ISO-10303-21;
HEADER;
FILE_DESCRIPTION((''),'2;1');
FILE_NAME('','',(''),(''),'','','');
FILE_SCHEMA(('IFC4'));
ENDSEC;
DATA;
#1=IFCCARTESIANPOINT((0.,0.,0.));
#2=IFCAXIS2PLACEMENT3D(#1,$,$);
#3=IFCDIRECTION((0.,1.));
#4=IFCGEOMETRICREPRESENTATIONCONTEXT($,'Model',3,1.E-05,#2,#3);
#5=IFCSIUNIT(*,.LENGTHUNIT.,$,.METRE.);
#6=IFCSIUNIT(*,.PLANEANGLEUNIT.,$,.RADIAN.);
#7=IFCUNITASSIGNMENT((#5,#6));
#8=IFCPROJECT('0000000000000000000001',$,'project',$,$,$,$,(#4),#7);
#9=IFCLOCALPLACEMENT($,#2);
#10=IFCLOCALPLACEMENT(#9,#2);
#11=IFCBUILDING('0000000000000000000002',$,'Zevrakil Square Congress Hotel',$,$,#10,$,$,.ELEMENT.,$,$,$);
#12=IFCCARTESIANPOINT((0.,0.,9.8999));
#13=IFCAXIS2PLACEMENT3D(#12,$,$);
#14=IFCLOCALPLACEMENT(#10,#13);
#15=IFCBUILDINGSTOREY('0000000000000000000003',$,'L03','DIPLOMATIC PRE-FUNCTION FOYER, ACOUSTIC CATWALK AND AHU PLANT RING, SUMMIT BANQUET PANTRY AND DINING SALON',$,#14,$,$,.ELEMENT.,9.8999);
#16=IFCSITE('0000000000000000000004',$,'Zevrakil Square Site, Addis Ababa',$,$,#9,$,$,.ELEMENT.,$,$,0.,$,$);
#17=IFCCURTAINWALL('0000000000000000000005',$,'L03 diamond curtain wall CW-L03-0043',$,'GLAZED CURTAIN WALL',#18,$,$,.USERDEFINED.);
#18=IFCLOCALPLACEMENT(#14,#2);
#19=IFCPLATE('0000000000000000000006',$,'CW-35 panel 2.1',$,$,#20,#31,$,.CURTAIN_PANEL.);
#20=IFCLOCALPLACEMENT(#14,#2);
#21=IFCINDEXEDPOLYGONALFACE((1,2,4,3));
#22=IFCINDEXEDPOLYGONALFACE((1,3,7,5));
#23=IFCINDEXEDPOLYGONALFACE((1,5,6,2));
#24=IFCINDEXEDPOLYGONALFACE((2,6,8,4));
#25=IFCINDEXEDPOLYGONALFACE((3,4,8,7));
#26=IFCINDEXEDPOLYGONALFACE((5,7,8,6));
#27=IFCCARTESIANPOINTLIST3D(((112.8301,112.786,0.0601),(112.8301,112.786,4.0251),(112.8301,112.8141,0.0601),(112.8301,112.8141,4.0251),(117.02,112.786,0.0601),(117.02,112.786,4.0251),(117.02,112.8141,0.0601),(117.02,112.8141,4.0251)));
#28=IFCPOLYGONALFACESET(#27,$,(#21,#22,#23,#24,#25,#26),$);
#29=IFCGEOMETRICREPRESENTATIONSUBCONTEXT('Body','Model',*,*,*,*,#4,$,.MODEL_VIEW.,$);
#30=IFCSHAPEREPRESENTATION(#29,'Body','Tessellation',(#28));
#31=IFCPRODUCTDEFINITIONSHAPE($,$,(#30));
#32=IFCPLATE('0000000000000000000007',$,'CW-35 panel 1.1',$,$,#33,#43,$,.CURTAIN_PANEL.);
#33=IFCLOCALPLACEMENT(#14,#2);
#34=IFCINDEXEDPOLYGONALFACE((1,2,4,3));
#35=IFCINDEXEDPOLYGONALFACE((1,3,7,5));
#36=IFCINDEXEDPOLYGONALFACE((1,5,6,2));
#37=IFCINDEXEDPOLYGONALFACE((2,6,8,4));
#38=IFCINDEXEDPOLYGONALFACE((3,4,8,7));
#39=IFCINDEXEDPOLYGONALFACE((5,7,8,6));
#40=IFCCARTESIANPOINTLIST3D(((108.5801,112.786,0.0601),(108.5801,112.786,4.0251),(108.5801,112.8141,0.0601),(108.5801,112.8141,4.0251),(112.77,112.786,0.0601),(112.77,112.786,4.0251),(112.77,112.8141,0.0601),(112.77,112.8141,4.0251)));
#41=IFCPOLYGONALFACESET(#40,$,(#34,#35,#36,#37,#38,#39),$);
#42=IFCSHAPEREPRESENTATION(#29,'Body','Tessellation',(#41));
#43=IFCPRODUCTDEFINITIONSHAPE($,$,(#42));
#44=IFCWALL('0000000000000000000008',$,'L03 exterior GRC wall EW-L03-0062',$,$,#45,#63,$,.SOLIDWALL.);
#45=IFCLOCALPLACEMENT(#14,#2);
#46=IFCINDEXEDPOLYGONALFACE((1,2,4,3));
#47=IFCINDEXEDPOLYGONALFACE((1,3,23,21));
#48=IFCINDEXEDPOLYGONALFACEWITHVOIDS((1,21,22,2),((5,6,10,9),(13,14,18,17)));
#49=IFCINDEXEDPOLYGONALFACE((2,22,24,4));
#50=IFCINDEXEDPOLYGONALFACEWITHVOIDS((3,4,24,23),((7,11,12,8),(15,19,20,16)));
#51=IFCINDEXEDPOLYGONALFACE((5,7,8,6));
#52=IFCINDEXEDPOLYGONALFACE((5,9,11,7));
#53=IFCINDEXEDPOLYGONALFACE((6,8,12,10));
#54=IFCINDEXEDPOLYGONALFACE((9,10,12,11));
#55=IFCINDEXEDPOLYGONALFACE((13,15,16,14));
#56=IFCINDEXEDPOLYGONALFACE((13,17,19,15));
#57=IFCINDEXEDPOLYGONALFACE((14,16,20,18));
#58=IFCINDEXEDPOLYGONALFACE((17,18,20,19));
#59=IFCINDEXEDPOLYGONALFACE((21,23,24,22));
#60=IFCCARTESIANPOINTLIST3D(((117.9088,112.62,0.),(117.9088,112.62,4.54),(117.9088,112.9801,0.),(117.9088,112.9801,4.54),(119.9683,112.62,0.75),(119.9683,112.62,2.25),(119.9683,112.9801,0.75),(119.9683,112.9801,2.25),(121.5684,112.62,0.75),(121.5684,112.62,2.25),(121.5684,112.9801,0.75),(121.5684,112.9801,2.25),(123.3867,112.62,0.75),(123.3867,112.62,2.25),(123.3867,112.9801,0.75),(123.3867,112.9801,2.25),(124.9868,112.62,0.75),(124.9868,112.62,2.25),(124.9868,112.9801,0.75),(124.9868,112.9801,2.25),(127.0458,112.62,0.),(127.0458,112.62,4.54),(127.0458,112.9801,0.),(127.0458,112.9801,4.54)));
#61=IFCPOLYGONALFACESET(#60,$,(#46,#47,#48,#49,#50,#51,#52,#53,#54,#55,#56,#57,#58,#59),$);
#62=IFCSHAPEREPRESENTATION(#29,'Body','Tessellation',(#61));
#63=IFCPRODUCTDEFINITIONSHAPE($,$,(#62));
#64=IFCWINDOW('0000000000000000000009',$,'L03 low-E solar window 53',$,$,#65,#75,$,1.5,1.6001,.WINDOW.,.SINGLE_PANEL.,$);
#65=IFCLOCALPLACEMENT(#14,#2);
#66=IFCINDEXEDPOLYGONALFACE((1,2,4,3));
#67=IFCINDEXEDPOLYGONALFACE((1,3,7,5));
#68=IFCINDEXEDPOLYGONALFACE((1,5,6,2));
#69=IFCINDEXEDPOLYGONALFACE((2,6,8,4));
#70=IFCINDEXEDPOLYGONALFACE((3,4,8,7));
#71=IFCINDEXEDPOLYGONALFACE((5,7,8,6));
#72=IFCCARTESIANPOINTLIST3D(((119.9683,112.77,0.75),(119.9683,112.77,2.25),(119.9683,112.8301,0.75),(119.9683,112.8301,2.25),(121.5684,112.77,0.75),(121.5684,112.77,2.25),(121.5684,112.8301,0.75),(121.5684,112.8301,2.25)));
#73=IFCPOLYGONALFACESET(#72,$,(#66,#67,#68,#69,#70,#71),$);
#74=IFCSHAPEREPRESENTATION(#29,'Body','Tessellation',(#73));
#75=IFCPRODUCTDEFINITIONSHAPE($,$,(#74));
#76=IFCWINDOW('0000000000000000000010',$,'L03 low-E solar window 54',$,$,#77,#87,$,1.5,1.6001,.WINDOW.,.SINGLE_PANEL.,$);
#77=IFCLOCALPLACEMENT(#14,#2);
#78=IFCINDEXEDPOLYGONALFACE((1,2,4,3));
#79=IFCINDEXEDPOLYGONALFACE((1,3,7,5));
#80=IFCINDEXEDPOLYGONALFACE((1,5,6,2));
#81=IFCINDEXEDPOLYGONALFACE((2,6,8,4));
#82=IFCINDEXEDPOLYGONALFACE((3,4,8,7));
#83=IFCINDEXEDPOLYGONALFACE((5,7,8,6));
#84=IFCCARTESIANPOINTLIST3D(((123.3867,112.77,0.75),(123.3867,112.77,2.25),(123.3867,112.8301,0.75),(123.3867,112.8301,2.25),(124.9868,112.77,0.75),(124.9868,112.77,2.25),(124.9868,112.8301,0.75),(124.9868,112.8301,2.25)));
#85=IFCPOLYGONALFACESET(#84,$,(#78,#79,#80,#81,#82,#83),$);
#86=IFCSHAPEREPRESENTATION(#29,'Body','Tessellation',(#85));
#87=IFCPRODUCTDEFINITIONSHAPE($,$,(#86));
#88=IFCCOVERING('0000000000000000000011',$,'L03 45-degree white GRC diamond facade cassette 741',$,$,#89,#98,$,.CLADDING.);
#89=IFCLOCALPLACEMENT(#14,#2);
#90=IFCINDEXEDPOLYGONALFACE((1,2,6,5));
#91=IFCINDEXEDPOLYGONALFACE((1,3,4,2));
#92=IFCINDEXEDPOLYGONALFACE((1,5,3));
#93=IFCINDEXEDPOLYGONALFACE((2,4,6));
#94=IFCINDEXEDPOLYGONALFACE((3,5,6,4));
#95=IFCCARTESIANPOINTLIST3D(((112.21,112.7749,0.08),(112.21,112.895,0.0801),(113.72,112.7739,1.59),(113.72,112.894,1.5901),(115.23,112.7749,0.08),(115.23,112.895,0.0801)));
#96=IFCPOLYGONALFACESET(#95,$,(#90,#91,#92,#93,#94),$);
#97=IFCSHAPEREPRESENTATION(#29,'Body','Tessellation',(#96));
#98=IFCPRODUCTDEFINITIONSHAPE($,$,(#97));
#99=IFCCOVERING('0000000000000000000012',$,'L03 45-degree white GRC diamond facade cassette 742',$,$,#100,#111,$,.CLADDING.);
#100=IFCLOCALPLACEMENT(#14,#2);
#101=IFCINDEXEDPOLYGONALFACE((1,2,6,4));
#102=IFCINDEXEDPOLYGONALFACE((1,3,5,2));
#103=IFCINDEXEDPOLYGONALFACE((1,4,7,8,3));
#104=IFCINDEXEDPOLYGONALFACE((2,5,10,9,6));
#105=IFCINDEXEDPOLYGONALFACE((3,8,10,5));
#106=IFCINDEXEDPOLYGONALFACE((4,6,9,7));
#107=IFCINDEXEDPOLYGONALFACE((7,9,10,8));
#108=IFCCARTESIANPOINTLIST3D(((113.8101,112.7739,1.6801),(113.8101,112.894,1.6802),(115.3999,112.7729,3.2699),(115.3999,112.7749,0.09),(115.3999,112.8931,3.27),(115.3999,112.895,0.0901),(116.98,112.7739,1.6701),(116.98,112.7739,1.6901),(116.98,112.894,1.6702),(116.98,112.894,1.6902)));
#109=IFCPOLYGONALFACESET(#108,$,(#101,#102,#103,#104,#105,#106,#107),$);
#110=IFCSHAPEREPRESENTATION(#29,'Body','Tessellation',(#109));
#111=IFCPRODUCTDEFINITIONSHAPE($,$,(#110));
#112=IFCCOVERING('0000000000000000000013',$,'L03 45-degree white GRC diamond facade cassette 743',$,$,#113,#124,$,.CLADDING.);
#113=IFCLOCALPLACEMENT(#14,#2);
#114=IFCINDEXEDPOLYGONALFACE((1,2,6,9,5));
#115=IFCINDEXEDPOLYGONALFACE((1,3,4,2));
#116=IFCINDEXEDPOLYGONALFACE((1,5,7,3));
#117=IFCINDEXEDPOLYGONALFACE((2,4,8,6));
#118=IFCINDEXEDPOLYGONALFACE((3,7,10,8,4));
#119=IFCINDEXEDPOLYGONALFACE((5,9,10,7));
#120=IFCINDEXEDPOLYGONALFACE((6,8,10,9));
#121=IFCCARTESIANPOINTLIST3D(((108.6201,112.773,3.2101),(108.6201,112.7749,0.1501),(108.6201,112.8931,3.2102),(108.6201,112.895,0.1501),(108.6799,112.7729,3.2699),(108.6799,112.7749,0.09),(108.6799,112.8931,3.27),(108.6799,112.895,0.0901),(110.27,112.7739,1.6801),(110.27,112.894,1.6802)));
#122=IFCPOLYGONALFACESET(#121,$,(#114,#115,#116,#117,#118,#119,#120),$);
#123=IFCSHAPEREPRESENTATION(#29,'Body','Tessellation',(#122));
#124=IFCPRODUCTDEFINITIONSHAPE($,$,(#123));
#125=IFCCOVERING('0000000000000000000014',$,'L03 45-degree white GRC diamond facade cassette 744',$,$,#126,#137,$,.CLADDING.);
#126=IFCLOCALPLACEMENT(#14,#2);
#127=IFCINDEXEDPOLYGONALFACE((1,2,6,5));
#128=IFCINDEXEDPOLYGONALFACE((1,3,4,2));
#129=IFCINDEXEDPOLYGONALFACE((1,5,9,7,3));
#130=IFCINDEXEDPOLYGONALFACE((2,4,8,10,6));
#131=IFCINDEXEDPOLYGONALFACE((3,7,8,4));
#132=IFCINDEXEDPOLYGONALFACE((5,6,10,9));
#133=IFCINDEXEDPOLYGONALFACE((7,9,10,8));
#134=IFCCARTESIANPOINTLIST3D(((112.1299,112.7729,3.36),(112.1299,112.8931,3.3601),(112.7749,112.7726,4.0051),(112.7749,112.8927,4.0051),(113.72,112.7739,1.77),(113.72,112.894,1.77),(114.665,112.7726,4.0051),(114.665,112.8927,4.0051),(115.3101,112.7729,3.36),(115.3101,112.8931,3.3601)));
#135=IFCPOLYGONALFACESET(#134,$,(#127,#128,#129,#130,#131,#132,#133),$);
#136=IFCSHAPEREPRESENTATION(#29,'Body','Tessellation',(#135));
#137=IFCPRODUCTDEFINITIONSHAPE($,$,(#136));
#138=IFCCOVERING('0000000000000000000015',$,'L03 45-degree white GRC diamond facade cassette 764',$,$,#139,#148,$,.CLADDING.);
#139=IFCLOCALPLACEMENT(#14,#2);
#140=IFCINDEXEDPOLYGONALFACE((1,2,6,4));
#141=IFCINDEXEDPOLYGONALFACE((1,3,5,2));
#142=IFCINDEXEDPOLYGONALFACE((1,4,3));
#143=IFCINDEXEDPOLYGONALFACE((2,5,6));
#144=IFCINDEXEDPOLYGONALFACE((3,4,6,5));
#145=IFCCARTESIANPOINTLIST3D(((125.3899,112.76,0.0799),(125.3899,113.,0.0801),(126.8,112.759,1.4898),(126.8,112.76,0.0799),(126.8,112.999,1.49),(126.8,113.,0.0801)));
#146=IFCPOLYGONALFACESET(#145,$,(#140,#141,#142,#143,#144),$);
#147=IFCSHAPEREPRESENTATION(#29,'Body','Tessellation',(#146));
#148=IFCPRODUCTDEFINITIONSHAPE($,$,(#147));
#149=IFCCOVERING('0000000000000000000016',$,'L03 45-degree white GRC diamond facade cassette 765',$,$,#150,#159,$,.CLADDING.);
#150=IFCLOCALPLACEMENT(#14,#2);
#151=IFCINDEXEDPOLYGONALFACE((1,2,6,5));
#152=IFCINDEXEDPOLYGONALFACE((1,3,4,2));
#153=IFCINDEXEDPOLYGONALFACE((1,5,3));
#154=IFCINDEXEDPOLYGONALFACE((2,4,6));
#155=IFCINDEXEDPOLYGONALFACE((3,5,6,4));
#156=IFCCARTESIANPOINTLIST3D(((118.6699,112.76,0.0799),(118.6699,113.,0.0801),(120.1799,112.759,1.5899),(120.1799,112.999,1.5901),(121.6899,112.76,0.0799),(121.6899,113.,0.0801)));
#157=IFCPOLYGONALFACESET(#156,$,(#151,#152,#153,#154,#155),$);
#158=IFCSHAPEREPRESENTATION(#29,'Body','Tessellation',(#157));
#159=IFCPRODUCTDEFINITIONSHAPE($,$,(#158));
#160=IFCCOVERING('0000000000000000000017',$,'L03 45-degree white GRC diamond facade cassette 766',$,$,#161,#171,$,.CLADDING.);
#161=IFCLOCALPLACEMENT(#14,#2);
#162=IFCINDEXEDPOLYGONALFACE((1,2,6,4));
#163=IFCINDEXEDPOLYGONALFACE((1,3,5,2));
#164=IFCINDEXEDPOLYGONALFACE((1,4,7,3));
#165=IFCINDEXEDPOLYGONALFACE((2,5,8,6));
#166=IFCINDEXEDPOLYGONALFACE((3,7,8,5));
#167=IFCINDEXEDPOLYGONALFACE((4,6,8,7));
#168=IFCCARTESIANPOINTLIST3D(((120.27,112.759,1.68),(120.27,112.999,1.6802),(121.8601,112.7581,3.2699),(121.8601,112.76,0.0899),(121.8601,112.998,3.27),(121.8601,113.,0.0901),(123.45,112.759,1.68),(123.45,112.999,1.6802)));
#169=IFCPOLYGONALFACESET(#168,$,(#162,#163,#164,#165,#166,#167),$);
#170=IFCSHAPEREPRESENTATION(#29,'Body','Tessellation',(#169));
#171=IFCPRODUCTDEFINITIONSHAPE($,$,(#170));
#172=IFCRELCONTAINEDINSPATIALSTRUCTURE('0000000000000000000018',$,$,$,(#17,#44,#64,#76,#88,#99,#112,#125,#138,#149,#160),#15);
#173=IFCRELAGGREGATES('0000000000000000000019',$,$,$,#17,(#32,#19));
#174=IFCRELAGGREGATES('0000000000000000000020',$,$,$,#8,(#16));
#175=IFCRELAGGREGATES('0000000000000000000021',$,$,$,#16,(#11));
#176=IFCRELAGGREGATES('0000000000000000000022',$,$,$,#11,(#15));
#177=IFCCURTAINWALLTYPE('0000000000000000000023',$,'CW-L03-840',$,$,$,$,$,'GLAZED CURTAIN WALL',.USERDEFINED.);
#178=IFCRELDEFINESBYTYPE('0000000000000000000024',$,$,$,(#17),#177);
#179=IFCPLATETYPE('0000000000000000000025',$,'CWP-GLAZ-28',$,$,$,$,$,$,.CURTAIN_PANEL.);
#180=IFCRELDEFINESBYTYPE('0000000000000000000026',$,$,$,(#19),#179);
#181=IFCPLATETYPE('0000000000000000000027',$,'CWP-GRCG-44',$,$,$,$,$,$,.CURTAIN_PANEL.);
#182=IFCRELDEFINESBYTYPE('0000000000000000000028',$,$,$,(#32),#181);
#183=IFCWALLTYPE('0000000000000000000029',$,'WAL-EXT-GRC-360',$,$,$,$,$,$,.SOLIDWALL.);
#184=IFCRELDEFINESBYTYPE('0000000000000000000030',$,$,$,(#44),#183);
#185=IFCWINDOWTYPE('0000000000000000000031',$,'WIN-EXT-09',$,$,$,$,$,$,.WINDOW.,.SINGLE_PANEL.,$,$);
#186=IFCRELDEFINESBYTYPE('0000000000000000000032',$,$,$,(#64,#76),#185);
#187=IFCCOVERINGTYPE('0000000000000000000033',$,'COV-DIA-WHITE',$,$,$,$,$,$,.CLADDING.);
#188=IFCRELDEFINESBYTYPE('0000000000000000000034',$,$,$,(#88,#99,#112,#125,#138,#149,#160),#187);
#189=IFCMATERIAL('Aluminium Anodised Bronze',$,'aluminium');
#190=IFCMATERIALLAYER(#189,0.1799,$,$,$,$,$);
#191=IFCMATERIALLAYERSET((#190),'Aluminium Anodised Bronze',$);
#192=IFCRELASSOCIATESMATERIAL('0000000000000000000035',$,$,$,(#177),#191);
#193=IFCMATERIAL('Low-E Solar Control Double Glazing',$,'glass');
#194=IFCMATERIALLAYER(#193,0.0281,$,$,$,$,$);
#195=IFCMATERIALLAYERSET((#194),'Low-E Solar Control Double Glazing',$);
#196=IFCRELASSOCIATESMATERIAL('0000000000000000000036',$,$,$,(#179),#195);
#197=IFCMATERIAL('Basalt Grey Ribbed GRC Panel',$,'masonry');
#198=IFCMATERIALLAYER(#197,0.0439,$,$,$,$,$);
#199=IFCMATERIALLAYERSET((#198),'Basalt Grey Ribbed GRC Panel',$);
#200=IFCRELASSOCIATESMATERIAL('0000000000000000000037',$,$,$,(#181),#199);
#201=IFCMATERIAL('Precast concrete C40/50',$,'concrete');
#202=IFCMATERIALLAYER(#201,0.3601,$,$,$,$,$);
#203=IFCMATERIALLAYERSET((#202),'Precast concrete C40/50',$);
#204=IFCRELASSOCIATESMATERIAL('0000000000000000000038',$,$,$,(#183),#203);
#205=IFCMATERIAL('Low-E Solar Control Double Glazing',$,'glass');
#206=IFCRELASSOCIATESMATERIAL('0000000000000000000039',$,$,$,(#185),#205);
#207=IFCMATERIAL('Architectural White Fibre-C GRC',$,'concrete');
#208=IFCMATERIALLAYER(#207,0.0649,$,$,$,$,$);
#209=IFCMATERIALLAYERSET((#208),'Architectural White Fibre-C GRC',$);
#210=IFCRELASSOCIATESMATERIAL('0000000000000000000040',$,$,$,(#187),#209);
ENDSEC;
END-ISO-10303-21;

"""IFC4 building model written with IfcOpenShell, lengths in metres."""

from ifc_helpers import new_model, si_unit, direction, frame, frame_2d, origin, origin_2d, place, context, subcontext, project, spatial, polyline, rectangle, outline, extrude, material, layer, layer_set, type_object, element, fill, aggregate, save


model = new_model("IFC4")

# Units and contexts
model_context = context("Model", 3, precision=1e-05, world=origin(), true_north=direction((0.0, 1.0)))
body_context = subcontext(model_context, "Body", "Model", "MODEL_VIEW")
ifc_project = project(units=[si_unit("LENGTHUNIT", "METRE"), si_unit("PLANEANGLEUNIT", "RADIAN")], contexts=[model_context])

# Site, building, storey
site_placement = place(None, origin())
site = spatial("IfcSite", under=ifc_project, at=site_placement, Name="Zevrakil Square Site, Addis Ababa", CompositionType="ELEMENT", RefElevation=0.0)
building_placement = place(site_placement, origin())
building = spatial("IfcBuilding", under=site, at=building_placement, Name="Zevrakil Square Congress Hotel", CompositionType="ELEMENT")
storey_placement = place(building_placement, frame((0.0, 0.0, 9.8999)))
storey = spatial("IfcBuildingStorey", under=building, at=storey_placement, Name="L03", Description="DIPLOMATIC PRE-FUNCTION FOYER, ACOUSTIC CATWALK AND AHU PLANT RING, SUMMIT BANQUET PANTRY AND DINING SALON", CompositionType="ELEMENT", Elevation=9.8999)

# Curtain wall, plates
ifc_material_1 = material(Name="Aluminium Anodised Bronze", Category="aluminium")
ifc_layer_1 = layer(ifc_material_1, 0.1799)
ifc_layer_set_1 = layer_set([ifc_layer_1], Name="Aluminium Anodised Bronze")
curtain_wall_type = type_object("IfcCurtainWallType", Name="CW-L03-840", ElementType="GLAZED CURTAIN WALL", PredefinedType="USERDEFINED", material=ifc_layer_set_1)
curtain_wall_placement = place(storey_placement, origin())
curtain_wall = element("IfcCurtainWall", 1, at=curtain_wall_placement, inside=storey, type_object=curtain_wall_type, Name="L03 diamond curtain wall CW-L03-0043", ObjectType="GLAZED CURTAIN WALL", PredefinedType="USERDEFINED")
ifc_material_2 = material(Name="Low-E Solar Control Double Glazing", Category="glass")
ifc_layer_2 = layer(ifc_material_2, 0.0281)
ifc_layer_set_2 = layer_set([ifc_layer_2], Name="Low-E Solar Control Double Glazing")
plate_type_1 = type_object("IfcPlateType", Name="CWP-GLAZ-28", PredefinedType="CURTAIN_PANEL", material=ifc_layer_set_2)
plate_1_placement = place(storey_placement, frame((114.925, 112.8, 0.0601), z_axis=(0.0, 0.0, 1.0), x_axis=(1.0, 0.0, 0.0)))
plate_1 = element("IfcPlate", 2, at=plate_1_placement, type_object=plate_type_1, Name="CW-35 panel 2.1", PredefinedType="CURTAIN_PANEL", context=body_context, shape_type="SweptSolid", body=[
    extrude(rectangle(XDim=4.1899, YDim=0.0281, at=origin_2d()), origin(), (0.0, 0.0, 1.0), 3.9651),
])
ifc_material_3 = material(Name="Basalt Grey Ribbed GRC Panel", Category="masonry")
ifc_layer_3 = layer(ifc_material_3, 0.0439)
ifc_layer_set_3 = layer_set([ifc_layer_3], Name="Basalt Grey Ribbed GRC Panel")
plate_type_2 = type_object("IfcPlateType", Name="CWP-GRCG-44", PredefinedType="CURTAIN_PANEL", material=ifc_layer_set_3)
plate_2_placement = place(storey_placement, frame((110.675, 112.8, 0.0601), z_axis=(0.0, 0.0, 1.0), x_axis=(1.0, 0.0, 0.0)))
plate_2 = element("IfcPlate", 3, at=plate_2_placement, type_object=plate_type_2, Name="CW-35 panel 1.1", PredefinedType="CURTAIN_PANEL", context=body_context, shape_type="SweptSolid", body=[
    extrude(rectangle(XDim=4.1899, YDim=0.0281, at=origin_2d()), origin(), (0.0, 0.0, 1.0), 3.9651),
])
aggregate(curtain_wall, [plate_2, plate_1])

# Wall, openings, windows
ifc_material_4 = material(Name="Precast concrete C40/50", Category="concrete")
ifc_layer_4 = layer(ifc_material_4, 0.3601)
ifc_layer_set_4 = layer_set([ifc_layer_4], Name="Precast concrete C40/50")
wall_type = type_object("IfcWallType", Name="WAL-EXT-GRC-360", PredefinedType="SOLIDWALL", material=ifc_layer_set_4)
wall_placement = place(storey_placement, frame((117.9089, 112.8, 0.0), z_axis=(0.0, 0.0, 1.0), x_axis=(1.0, 0.0, 0.0)))
wall = element("IfcWall", 4, at=wall_placement, inside=storey, type_object=wall_type, Name="L03 exterior GRC wall EW-L03-0062", PredefinedType="SOLIDWALL", context=body_context, shape_type="SweptSolid", body=[
    extrude(rectangle(XDim=9.137, YDim=0.3601, at=frame_2d((4.5684, 0.0))), origin(), (0.0, 0.0, 1.0), 4.54),
])
opening_1_placement = place(wall_placement, frame((2.0593, 0.0, 0.75)))
opening_1 = element("IfcOpeningElement", 5, at=opening_1_placement, cuts=wall, PredefinedType="OPENING", context=body_context, shape_type="SweptSolid", body=[
    extrude(rectangle(XDim=1.6001, YDim=1.5, at=frame_2d((0.8, 0.75))), frame((0.0, 0.1899, 0.0), z_axis=(0.0, -1.0, 0.0), x_axis=(1.0, 0.0, 0.0)), (0.0, 0.0, 1.0), 0.3801),
])
opening_2_placement = place(wall_placement, frame((5.4778, 0.0, 0.75)))
opening_2 = element("IfcOpeningElement", 6, at=opening_2_placement, cuts=wall, PredefinedType="OPENING", context=body_context, shape_type="SweptSolid", body=[
    extrude(rectangle(XDim=1.6001, YDim=1.5, at=frame_2d((0.8, 0.75))), frame((0.0, 0.1899, 0.0), z_axis=(0.0, -1.0, 0.0), x_axis=(1.0, 0.0, 0.0)), (0.0, 0.0, 1.0), 0.3801),
])
ifc_material_5 = material(Name="Low-E Solar Control Double Glazing", Category="glass")
window_type = type_object("IfcWindowType", Name="WIN-EXT-09", PartitioningType="SINGLE_PANEL", PredefinedType="WINDOW", material=ifc_material_5)
window_1_placement = place(opening_1_placement, origin())
window_1 = element("IfcWindow", 7, at=window_1_placement, inside=storey, type_object=window_type, Name="L03 low-E solar window 53", OverallHeight=1.5, OverallWidth=1.6001, PartitioningType="SINGLE_PANEL", PredefinedType="WINDOW", context=body_context, shape_type="SweptSolid", body=[
    extrude(rectangle(XDim=1.6001, YDim=1.5, at=frame_2d((0.8, 0.75))), frame((0.0, 0.03, 0.0), z_axis=(0.0, -1.0, 0.0), x_axis=(1.0, 0.0, 0.0)), (0.0, 0.0, 1.0), 0.0601),
])
fill(opening_1, window_1)
window_2_placement = place(opening_2_placement, origin())
window_2 = element("IfcWindow", 8, at=window_2_placement, inside=storey, type_object=window_type, Name="L03 low-E solar window 54", OverallHeight=1.5, OverallWidth=1.6001, PartitioningType="SINGLE_PANEL", PredefinedType="WINDOW", context=body_context, shape_type="SweptSolid", body=[
    extrude(rectangle(XDim=1.6001, YDim=1.5, at=frame_2d((0.8, 0.75))), frame((0.0, 0.03, 0.0), z_axis=(0.0, -1.0, 0.0), x_axis=(1.0, 0.0, 0.0)), (0.0, 0.0, 1.0), 0.0601),
])
fill(opening_2, window_2)

# Coverings
ifc_material_6 = material(Name="Architectural White Fibre-C GRC", Category="concrete")
ifc_layer_5 = layer(ifc_material_6, 0.0649)
ifc_layer_set_5 = layer_set([ifc_layer_5], Name="Architectural White Fibre-C GRC")
covering_type_1 = type_object("IfcCoveringType", Name="COV-DIA-WHITE", PredefinedType="CLADDING", material=ifc_layer_set_5)
covering_1_placement = place(storey_placement, frame((113.72, 112.894, 1.5901), z_axis=(0.0, 1.0, 0.000647), x_axis=(-0.707107, 0.000457, -0.707107)))
element("IfcCovering", 9, at=covering_1_placement, inside=storey, type_object=covering_type_1, Name="L03 45-degree white GRC diamond facade cassette 741", PredefinedType="CLADDING", context=body_context, shape_type="SweptSolid", body=[
    extrude(outline(polyline([(0.0, 0.0), (2.1355, 0.0), (0.0, -2.1355), (0.0, 0.0)])), origin(), (0.0, 0.0, -1.0), 0.1201),
])
covering_2_placement = place(storey_placement, frame((115.3999, 112.8931, 3.27), z_axis=(0.0, 1.0, 0.000612), x_axis=(-0.707107, 0.000433, -0.707107)))
element("IfcCovering", 10, at=covering_2_placement, inside=storey, type_object=covering_type_1, Name="L03 45-degree white GRC diamond facade cassette 742", PredefinedType="CLADDING", context=body_context, shape_type="SweptSolid", body=[
    extrude(outline(polyline([(0.0, 0.0), (2.2484, 0.0), (2.2486, -2.2486), (0.014, -2.2486), (-0.0002, -2.2344), (0.0, 0.0)])), origin(), (0.0, 0.0, -1.0), 0.1201),
])
covering_3_placement = place(storey_placement, frame((108.6799, 112.895, 0.0901), z_axis=(0.0, 1.0, 0.000615), x_axis=(0.707107, -0.000435, 0.707107)))
element("IfcCovering", 11, at=covering_3_placement, inside=storey, type_object=covering_type_1, Name="L03 45-degree white GRC diamond facade cassette 743", PredefinedType="CLADDING", context=body_context, shape_type="SweptSolid", body=[
    extrude(outline(polyline([(0.0, 0.0), (2.2487, 0.0), (2.2486, -2.2486), (2.164, -2.2486), (0.0002, -0.0848), (0.0, 0.0)])), origin(), (0.0, 0.0, -1.0), 0.1201),
])
covering_4_placement = place(storey_placement, frame((112.1299, 112.8931, 3.3601), z_axis=(0.0, 1.0, 0.000577), x_axis=(0.707107, 0.000408, -0.707107)))
element("IfcCovering", 12, at=covering_4_placement, inside=storey, type_object=covering_type_1, Name="L03 45-degree white GRC diamond facade cassette 744", PredefinedType="CLADDING", context=body_context, shape_type="SweptSolid", body=[
    extrude(outline(polyline([(0.0, 0.0), (2.2487, 0.0), (2.2487, -2.2487), (1.3365, -2.2487), (0.0, -0.9122), (0.0, 0.0)])), origin(), (0.0, 0.0, -1.0), 0.1201),
])
covering_5_placement = place(storey_placement, frame((125.3899, 113.0, 0.0801), z_axis=(0.0, 1.0, 0.000693), x_axis=(1.0, 0.0, 0.0)))
element("IfcCovering", 13, at=covering_5_placement, inside=storey, type_object=covering_type_1, Name="L03 45-degree white GRC diamond facade cassette 764", PredefinedType="CLADDING", context=body_context, shape_type="SweptSolid", body=[
    extrude(outline(polyline([(0.0, 0.0), (1.4102, 0.0), (1.4102, -1.4099), (0.0, 0.0)])), origin(), (0.0, 0.0, -1.0), 0.24),
])
covering_6_placement = place(storey_placement, frame((120.1799, 112.999, 1.5901), z_axis=(0.0, 1.0, 0.000647), x_axis=(-0.707107, 0.000457, -0.707107)))
element("IfcCovering", 14, at=covering_6_placement, inside=storey, type_object=covering_type_1, Name="L03 45-degree white GRC diamond facade cassette 765", PredefinedType="CLADDING", context=body_context, shape_type="SweptSolid", body=[
    extrude(outline(polyline([(0.0, 0.0), (2.1355, 0.0), (0.0, -2.1355), (0.0, 0.0)])), origin(), (0.0, 0.0, -1.0), 0.24),
])
covering_7_placement = place(storey_placement, frame((121.8601, 112.998, 3.27), z_axis=(0.0, 1.0, 0.000614), x_axis=(-0.707161, 0.000434, -0.707052)))
element("IfcCovering", 15, at=covering_7_placement, inside=storey, type_object=covering_type_1, Name="L03 45-degree white GRC diamond facade cassette 766", PredefinedType="CLADDING", context=body_context, shape_type="SweptSolid", body=[
    extrude(outline(polyline([(0.0, 0.0), (2.2486, 0.0), (2.2484, -2.2487), (-0.0002, -2.2484), (0.0, 0.0)])), origin(), (0.0, 0.0, -1.0), 0.24),
])

save(model, "model.ifc")
